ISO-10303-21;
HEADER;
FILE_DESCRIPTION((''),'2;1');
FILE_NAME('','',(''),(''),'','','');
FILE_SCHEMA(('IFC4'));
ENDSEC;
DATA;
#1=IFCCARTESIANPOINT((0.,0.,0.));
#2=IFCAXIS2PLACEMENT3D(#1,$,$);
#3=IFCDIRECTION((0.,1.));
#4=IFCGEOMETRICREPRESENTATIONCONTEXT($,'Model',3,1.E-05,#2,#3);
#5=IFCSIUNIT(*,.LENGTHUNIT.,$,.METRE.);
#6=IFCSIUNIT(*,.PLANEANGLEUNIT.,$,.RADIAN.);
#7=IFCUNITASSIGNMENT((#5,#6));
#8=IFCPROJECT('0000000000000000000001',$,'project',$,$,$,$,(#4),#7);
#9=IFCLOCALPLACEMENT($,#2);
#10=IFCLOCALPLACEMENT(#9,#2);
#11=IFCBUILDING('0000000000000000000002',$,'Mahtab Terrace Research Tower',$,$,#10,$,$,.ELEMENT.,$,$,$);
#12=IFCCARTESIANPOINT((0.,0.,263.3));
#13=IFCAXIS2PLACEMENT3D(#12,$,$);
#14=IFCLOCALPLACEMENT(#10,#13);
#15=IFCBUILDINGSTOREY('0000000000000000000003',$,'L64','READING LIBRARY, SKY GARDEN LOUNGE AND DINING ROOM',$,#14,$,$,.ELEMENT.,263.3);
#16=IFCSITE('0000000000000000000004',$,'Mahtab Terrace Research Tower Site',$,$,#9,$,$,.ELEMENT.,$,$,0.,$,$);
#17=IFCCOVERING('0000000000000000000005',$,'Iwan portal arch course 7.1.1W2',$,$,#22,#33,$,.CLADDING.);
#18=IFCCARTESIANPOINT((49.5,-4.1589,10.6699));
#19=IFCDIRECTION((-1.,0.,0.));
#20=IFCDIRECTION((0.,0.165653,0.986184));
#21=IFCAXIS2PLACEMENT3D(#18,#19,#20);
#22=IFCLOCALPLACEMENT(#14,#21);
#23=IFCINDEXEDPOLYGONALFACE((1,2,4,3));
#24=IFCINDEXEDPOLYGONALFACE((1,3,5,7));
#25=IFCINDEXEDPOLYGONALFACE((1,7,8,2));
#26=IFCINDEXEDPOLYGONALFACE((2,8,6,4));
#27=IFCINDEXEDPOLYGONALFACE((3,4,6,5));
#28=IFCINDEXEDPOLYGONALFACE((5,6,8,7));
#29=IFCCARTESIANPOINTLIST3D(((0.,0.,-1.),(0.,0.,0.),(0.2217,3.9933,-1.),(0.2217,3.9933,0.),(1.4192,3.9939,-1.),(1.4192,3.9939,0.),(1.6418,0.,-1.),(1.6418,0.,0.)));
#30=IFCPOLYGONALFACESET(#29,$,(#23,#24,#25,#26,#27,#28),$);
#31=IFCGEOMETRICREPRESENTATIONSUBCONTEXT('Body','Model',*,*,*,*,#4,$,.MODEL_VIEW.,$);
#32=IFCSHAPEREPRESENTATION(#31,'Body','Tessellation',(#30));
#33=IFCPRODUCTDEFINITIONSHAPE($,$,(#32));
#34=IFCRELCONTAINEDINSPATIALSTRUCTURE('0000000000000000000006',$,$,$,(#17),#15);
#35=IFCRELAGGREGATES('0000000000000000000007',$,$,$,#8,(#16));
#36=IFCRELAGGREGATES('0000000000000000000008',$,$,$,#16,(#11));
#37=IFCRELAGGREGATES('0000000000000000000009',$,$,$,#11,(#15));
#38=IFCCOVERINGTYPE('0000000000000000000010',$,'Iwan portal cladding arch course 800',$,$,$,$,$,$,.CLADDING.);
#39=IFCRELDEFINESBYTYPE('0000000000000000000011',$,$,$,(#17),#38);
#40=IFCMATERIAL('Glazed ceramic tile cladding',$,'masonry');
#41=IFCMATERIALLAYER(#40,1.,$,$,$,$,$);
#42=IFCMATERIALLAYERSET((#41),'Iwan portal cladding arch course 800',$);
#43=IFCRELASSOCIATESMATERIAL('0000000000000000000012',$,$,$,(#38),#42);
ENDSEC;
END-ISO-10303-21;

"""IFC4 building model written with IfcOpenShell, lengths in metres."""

from ifc_helpers import new_model, si_unit, direction, frame, origin, place, context, subcontext, project, spatial, polyline, outline, extrude, material, layer, layer_set, type_object, element, save


model = new_model("IFC4")

# Units and contexts
model_context = context("Model", 3, precision=1e-05, world=origin(), true_north=direction((0.0, 1.0)))
body_context = subcontext(model_context, "Body", "Model", "MODEL_VIEW")
ifc_project = project(units=[si_unit("LENGTHUNIT", "METRE"), si_unit("PLANEANGLEUNIT", "RADIAN")], contexts=[model_context])

# Site, building, storey
site_placement = place(None, origin())
site = spatial("IfcSite", under=ifc_project, at=site_placement, Name="Mahtab Terrace Research Tower Site", CompositionType="ELEMENT", RefElevation=0.0)
building_placement = place(site_placement, origin())
building = spatial("IfcBuilding", under=site, at=building_placement, Name="Mahtab Terrace Research Tower", CompositionType="ELEMENT")
storey_placement = place(building_placement, frame((0.0, 0.0, 263.3)))
storey = spatial("IfcBuildingStorey", under=building, at=storey_placement, Name="L64", Description="READING LIBRARY, SKY GARDEN LOUNGE AND DINING ROOM", CompositionType="ELEMENT", Elevation=263.3)

# Covering
ifc_material_1 = material(Name="Glazed ceramic tile cladding", Category="masonry")
ifc_layer_1 = layer(ifc_material_1, 1.0)
ifc_layer_set_1 = layer_set([ifc_layer_1], Name="Iwan portal cladding arch course 800")
covering_type_1 = type_object("IfcCoveringType", Name="Iwan portal cladding arch course 800", PredefinedType="CLADDING", material=ifc_layer_set_1)
covering_1_placement = place(storey_placement, frame((49.5, -4.1589, 10.6699), z_axis=(-1.0, 0.0, 0.0), x_axis=(0.0, 0.165653, 0.986184)))
element("IfcCovering", 1, at=covering_1_placement, inside=storey, type_object=covering_type_1, Name="Iwan portal arch course 7.1.1W2", PredefinedType="CLADDING", context=body_context, shape_type="SweptSolid", body=[
    extrude(outline(polyline([(0.0, 0.0), (1.6418, 0.0), (1.4192, 3.9939), (0.2217, 3.9933), (0.0, 0.0)])), origin(), (0.0, 0.0, -1.0), 1.0),
])

save(model, "model.ifc")
